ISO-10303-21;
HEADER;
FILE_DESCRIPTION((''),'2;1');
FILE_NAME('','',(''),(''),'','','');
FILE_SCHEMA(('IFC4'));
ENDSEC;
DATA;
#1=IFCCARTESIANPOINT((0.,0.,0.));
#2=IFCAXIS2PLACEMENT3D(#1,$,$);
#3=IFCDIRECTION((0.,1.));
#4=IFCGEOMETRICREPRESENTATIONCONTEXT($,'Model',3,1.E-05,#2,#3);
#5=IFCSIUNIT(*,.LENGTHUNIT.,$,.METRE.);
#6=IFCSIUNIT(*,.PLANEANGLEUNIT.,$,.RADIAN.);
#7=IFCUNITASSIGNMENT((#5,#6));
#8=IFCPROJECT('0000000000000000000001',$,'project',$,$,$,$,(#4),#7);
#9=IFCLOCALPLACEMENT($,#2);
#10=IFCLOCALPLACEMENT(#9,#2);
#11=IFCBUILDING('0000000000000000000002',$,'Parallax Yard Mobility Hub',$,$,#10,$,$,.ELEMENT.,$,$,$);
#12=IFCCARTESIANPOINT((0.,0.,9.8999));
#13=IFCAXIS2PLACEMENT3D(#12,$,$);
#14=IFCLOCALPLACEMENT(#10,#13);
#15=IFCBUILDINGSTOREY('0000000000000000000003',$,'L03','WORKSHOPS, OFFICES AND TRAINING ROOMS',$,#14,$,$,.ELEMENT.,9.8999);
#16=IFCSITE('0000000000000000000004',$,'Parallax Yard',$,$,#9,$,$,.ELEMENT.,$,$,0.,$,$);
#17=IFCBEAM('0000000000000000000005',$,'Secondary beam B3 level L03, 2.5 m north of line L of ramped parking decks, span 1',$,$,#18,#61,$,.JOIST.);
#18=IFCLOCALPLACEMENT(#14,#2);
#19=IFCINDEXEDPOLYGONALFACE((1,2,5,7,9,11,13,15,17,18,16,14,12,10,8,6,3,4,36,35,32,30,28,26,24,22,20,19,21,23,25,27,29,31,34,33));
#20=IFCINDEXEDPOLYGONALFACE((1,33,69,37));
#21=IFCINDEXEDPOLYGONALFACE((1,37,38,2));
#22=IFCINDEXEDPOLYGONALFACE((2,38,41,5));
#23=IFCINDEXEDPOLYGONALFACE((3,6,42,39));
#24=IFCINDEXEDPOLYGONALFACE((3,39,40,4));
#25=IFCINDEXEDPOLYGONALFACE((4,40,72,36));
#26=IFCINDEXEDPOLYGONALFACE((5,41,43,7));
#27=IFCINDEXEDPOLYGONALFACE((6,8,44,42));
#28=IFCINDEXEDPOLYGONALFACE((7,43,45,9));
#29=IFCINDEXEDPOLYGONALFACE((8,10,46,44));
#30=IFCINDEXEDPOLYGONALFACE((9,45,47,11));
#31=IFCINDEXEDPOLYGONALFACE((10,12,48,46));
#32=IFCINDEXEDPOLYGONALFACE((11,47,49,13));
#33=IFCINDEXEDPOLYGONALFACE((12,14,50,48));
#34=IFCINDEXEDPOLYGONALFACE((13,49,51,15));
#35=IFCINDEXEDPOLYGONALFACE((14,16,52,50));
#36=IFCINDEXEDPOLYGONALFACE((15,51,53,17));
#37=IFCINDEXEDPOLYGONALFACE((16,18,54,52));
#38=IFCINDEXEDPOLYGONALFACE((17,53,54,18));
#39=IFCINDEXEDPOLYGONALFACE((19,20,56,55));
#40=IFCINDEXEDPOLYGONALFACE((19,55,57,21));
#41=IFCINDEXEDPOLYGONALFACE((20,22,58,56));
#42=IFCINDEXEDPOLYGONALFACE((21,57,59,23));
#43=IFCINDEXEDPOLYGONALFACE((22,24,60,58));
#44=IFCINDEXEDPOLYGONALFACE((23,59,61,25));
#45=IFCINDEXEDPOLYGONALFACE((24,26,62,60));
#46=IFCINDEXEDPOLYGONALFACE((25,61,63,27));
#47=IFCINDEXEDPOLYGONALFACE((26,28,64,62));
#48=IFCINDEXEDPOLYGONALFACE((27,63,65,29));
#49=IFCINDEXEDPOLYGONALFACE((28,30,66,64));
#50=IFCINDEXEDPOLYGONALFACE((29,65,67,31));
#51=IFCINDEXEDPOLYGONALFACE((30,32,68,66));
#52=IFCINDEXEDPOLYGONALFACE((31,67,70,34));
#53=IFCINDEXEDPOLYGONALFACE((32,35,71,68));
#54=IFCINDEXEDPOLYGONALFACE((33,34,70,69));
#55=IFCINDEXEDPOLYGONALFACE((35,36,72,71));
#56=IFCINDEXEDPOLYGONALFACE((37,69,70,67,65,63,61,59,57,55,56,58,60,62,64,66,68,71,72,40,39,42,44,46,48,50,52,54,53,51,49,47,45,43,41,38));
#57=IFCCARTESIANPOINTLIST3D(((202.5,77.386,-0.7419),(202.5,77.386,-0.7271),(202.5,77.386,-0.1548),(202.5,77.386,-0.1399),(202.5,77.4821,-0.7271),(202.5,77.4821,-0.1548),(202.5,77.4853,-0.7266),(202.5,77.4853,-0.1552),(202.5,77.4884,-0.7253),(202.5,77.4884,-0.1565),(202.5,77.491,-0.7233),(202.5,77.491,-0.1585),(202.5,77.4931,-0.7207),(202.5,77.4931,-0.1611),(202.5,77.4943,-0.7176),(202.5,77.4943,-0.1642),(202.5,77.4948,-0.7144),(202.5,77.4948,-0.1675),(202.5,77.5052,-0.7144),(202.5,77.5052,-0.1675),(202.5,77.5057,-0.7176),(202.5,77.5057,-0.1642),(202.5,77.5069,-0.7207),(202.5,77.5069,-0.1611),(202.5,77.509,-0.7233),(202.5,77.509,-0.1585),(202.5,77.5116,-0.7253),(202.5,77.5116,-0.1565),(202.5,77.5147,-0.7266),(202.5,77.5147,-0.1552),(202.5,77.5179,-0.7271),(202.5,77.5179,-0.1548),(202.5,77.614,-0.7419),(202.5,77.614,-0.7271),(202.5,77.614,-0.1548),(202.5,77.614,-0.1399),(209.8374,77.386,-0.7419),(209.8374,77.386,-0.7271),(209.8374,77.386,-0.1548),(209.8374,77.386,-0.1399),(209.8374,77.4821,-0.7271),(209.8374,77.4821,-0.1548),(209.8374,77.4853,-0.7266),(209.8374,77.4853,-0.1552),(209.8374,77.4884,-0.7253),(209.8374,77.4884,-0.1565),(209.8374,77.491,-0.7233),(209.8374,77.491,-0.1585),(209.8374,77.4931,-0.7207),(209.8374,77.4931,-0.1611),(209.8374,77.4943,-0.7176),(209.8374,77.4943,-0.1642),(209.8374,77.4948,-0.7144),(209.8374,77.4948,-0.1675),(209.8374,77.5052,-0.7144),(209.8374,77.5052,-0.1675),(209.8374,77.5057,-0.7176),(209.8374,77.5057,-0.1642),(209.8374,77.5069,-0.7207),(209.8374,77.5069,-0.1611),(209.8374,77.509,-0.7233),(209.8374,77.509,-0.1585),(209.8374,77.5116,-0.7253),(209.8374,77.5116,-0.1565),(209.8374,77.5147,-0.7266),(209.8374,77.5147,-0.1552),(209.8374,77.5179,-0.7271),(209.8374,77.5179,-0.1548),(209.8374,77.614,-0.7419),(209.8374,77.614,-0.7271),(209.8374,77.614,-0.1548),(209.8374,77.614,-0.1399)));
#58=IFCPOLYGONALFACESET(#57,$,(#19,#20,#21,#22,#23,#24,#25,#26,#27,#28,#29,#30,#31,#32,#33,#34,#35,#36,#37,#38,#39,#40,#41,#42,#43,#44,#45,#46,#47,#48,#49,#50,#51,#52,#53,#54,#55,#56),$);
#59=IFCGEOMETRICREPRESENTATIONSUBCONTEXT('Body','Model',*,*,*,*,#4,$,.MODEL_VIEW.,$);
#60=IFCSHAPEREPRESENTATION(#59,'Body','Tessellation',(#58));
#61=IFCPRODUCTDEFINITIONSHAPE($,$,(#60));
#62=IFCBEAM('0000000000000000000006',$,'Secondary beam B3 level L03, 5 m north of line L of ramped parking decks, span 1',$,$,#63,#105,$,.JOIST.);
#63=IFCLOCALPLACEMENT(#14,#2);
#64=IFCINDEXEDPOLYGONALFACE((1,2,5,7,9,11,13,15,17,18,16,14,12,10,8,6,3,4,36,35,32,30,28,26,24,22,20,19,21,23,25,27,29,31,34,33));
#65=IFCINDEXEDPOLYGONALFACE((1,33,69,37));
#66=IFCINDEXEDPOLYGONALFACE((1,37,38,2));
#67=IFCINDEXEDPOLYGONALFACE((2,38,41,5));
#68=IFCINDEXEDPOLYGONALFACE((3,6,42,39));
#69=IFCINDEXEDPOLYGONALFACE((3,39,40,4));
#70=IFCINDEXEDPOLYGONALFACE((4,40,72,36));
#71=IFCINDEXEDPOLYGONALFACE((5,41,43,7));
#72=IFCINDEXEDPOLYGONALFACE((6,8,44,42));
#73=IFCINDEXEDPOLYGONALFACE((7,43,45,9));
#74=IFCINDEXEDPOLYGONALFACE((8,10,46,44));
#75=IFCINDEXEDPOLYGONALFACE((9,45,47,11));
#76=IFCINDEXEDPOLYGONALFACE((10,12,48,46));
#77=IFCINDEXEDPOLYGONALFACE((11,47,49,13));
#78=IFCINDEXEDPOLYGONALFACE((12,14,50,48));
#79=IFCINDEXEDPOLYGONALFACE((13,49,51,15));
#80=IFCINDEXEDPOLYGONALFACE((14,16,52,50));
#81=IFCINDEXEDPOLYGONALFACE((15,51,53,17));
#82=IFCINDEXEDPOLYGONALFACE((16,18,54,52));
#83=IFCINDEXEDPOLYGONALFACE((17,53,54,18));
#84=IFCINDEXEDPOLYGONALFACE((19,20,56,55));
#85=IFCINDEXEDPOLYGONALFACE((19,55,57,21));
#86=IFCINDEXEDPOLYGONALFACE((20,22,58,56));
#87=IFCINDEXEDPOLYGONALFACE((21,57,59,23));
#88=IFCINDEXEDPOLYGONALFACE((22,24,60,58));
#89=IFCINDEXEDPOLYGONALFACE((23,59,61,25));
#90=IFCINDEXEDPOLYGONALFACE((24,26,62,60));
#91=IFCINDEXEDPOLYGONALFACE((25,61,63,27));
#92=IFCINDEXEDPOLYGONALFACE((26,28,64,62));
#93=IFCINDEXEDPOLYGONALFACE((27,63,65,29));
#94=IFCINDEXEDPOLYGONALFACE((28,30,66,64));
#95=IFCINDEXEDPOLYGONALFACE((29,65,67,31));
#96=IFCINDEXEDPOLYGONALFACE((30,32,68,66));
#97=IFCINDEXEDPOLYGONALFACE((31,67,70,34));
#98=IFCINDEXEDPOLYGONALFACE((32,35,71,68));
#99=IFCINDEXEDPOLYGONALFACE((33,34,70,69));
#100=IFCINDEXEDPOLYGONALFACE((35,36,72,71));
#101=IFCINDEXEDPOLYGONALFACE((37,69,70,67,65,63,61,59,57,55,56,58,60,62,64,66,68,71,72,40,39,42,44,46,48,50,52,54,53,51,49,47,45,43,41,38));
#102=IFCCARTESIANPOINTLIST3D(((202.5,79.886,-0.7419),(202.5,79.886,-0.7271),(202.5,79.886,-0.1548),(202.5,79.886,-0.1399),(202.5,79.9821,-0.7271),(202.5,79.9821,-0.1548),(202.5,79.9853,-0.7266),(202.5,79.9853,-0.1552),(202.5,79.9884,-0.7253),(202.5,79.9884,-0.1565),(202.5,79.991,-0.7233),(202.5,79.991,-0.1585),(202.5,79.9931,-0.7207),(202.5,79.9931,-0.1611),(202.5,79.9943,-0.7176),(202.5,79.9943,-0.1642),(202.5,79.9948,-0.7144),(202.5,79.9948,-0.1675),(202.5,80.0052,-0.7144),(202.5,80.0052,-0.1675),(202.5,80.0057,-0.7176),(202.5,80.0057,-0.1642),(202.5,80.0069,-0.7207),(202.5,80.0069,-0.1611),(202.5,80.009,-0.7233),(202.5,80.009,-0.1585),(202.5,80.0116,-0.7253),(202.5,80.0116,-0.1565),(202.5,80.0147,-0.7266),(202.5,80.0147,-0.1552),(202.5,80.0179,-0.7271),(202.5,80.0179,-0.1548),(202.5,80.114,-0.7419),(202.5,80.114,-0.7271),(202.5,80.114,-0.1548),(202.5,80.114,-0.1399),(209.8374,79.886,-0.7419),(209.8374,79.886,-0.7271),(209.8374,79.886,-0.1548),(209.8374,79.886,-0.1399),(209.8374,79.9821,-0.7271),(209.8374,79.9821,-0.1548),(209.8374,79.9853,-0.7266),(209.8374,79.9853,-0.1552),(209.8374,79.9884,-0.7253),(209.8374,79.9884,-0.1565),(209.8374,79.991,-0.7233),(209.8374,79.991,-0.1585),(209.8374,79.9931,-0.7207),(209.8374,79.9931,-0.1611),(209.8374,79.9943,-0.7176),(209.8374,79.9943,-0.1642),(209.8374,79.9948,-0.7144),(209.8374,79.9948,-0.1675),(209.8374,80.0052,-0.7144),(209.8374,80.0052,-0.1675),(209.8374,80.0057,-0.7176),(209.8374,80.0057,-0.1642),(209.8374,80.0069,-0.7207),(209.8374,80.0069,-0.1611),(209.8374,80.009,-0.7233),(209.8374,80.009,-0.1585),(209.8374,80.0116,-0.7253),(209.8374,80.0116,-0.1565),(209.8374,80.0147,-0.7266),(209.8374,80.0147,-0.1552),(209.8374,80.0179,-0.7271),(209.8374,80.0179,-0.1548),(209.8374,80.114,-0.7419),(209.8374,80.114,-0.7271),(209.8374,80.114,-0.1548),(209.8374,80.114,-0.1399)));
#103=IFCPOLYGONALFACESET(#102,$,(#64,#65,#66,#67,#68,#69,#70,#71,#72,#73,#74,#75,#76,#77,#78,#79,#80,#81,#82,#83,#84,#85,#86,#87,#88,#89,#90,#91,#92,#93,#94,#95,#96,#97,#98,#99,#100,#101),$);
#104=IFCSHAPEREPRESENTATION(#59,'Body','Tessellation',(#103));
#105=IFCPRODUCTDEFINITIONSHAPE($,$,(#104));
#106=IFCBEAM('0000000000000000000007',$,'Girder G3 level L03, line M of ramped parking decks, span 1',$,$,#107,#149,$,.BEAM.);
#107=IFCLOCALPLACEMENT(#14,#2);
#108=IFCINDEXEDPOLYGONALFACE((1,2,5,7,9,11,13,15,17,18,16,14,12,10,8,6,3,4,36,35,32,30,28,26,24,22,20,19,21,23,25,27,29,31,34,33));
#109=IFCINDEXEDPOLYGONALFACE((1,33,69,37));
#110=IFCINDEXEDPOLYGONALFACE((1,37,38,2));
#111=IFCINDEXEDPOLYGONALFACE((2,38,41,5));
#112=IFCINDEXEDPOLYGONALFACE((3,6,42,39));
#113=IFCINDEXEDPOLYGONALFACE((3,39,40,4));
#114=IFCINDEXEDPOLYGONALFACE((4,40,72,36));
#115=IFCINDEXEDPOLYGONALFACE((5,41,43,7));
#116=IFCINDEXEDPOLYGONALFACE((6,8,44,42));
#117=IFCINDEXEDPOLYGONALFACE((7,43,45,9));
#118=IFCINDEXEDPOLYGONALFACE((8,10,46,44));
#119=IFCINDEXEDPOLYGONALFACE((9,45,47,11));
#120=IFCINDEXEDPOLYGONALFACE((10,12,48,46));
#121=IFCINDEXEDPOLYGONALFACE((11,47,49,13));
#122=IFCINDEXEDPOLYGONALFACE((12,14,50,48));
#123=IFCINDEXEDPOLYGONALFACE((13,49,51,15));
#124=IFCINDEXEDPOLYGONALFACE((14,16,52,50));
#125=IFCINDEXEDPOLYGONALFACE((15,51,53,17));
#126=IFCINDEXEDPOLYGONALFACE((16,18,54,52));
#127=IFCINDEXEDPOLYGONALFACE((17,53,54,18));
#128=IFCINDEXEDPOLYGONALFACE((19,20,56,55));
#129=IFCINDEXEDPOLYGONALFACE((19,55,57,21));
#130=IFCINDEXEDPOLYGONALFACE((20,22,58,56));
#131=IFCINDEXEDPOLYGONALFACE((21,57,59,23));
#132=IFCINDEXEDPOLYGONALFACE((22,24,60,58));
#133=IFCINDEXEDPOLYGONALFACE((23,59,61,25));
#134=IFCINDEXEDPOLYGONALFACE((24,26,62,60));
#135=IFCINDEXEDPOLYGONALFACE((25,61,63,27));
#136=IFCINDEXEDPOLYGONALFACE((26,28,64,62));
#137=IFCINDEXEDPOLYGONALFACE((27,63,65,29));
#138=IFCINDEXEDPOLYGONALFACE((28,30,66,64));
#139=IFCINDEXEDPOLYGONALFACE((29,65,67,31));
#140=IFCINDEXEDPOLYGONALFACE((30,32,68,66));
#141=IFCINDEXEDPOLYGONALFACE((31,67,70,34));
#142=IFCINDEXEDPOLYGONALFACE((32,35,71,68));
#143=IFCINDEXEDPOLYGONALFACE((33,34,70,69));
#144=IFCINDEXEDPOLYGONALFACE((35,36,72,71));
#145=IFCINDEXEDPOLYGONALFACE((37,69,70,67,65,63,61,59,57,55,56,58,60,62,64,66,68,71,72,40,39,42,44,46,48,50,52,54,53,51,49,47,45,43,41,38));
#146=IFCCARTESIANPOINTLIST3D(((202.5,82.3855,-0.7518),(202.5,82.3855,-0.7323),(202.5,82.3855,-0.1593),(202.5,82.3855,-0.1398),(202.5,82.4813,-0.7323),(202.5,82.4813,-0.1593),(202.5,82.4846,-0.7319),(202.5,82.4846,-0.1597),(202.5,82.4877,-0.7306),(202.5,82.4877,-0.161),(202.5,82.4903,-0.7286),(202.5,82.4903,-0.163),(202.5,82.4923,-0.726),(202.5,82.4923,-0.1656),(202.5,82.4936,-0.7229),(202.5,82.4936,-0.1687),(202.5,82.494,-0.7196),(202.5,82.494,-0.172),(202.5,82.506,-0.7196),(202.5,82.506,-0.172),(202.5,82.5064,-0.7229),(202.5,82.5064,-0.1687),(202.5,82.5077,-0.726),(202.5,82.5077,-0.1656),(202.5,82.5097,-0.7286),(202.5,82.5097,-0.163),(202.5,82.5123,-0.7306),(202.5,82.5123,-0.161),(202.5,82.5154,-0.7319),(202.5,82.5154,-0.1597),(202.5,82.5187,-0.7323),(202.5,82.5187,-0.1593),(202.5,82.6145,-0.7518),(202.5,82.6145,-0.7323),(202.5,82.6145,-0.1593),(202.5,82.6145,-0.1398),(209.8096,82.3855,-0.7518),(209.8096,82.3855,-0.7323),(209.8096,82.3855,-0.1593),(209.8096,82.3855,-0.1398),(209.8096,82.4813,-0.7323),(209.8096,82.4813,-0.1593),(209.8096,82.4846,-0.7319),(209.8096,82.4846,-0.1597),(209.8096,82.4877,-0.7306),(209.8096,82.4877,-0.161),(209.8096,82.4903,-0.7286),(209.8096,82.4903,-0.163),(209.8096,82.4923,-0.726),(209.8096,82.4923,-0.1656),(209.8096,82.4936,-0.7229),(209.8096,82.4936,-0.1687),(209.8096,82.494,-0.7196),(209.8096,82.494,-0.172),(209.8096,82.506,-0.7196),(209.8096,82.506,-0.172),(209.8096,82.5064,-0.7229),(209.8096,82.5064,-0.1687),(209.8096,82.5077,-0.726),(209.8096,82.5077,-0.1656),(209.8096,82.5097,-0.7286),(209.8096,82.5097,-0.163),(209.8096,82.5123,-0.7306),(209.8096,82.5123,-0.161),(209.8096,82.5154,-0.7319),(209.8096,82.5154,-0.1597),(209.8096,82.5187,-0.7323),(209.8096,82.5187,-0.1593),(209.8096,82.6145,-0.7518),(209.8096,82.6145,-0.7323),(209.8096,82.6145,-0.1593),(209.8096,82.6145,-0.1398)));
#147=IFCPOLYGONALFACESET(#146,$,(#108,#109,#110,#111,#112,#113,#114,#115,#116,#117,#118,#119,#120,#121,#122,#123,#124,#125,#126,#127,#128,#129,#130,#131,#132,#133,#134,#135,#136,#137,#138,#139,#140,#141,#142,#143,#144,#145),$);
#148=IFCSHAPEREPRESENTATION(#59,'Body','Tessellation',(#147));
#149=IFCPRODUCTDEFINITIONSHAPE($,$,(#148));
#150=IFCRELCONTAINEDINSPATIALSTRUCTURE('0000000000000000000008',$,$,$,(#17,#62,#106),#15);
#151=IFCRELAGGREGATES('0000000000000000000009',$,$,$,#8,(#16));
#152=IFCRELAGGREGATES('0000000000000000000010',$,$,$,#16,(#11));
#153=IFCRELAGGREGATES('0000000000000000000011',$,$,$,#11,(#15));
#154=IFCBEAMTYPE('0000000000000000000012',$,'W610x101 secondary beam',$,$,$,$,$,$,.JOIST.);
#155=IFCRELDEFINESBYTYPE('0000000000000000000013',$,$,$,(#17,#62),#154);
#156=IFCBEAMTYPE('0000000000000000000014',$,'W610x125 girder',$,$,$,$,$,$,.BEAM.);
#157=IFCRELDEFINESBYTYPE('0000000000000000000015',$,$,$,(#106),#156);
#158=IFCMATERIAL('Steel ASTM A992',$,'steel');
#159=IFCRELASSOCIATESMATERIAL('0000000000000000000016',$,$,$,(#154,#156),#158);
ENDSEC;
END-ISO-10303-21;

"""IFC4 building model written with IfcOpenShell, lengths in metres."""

from ifc_helpers import new_model, si_unit, direction, frame, origin, origin_2d, place, context, subcontext, project, spatial, i_section, extrude, material, material_profile, profile_set, type_object, element, save


model = new_model("IFC4")

# Units and contexts
model_context = context("Model", 3, precision=1e-05, world=origin(), true_north=direction((0.0, 1.0)))
body_context = subcontext(model_context, "Body", "Model", "MODEL_VIEW")
ifc_project = project(units=[si_unit("LENGTHUNIT", "METRE"), si_unit("PLANEANGLEUNIT", "RADIAN")], contexts=[model_context])

# Site, building, storey
site_placement = place(None, origin())
site = spatial("IfcSite", under=ifc_project, at=site_placement, Name="Parallax Yard", CompositionType="ELEMENT", RefElevation=0.0)
building_placement = place(site_placement, origin())
building = spatial("IfcBuilding", under=site, at=building_placement, Name="Parallax Yard Mobility Hub", CompositionType="ELEMENT")
storey_placement = place(building_placement, frame((0.0, 0.0, 9.8999)))
storey = spatial("IfcBuildingStorey", under=building, at=storey_placement, Name="L03", Description="WORKSHOPS, OFFICES AND TRAINING ROOMS", CompositionType="ELEMENT", Elevation=9.8999)

# Beams
ifc_material_1 = material(Name="Steel ASTM A992", Category="steel")
ifc_material_profile_1 = material_profile(ifc_material_1, i_section(OverallWidth=0.228, OverallDepth=0.6021, WebThickness=0.0105, FlangeThickness=0.0149, FilletRadius=0.0127, at=origin_2d()), Name="W610x101")
ifc_profile_set_1 = profile_set([ifc_material_profile_1], Name="Steel ASTM A992")
beam_type_1 = type_object("IfcBeamType", Name="W610x101 secondary beam", PredefinedType="JOIST", material=ifc_profile_set_1)
for number, where, z_axis, x_axis, name in (
    (1, (202.5, 77.5, -0.4409), (1.0, 0.0, 0.0), (0.0, 1.0, 0.0), "Secondary beam B3 level L03, 2.5 m north of line L of ramped parking decks, span 1"),
    (2, (202.5, 80.0, -0.4409), (1.0, 0.0, 0.0), (0.0, 1.0, 0.0), "Secondary beam B3 level L03, 5 m north of line L of ramped parking decks, span 1"),
):
    element("IfcBeam", number, at=place(storey_placement, frame(where, z_axis=z_axis, x_axis=x_axis)), inside=storey, type_object=beam_type_1, Name=name, PredefinedType="JOIST", context=body_context, shape_type="SweptSolid", body=[
        extrude(i_section(OverallWidth=0.228, OverallDepth=0.6021, WebThickness=0.0105, FlangeThickness=0.0149, FilletRadius=0.0127, at=origin_2d()), origin(), (0.0, 0.0, 1.0), 7.3374),
    ])
ifc_material_profile_2 = material_profile(ifc_material_1, i_section(OverallWidth=0.229, OverallDepth=0.6121, WebThickness=0.012, FlangeThickness=0.0195, FilletRadius=0.0127, at=origin_2d()), Name="W610x125")
ifc_profile_set_2 = profile_set([ifc_material_profile_2], Name="Steel ASTM A992")
beam_type_2 = type_object("IfcBeamType", Name="W610x125 girder", PredefinedType="BEAM", material=ifc_profile_set_2)
beam_placement = place(storey_placement, frame((202.5, 82.5, -0.4458), z_axis=(1.0, 0.0, 0.0), x_axis=(0.0, 1.0, 0.0)))
element("IfcBeam", 3, at=beam_placement, inside=storey, type_object=beam_type_2, Name="Girder G3 level L03, line M of ramped parking decks, span 1", PredefinedType="BEAM", context=body_context, shape_type="SweptSolid", body=[
    extrude(i_section(OverallWidth=0.229, OverallDepth=0.6121, WebThickness=0.012, FlangeThickness=0.0195, FilletRadius=0.0127, at=origin_2d()), origin(), (0.0, 0.0, 1.0), 7.3096),
])

save(model, "model.ifc")
